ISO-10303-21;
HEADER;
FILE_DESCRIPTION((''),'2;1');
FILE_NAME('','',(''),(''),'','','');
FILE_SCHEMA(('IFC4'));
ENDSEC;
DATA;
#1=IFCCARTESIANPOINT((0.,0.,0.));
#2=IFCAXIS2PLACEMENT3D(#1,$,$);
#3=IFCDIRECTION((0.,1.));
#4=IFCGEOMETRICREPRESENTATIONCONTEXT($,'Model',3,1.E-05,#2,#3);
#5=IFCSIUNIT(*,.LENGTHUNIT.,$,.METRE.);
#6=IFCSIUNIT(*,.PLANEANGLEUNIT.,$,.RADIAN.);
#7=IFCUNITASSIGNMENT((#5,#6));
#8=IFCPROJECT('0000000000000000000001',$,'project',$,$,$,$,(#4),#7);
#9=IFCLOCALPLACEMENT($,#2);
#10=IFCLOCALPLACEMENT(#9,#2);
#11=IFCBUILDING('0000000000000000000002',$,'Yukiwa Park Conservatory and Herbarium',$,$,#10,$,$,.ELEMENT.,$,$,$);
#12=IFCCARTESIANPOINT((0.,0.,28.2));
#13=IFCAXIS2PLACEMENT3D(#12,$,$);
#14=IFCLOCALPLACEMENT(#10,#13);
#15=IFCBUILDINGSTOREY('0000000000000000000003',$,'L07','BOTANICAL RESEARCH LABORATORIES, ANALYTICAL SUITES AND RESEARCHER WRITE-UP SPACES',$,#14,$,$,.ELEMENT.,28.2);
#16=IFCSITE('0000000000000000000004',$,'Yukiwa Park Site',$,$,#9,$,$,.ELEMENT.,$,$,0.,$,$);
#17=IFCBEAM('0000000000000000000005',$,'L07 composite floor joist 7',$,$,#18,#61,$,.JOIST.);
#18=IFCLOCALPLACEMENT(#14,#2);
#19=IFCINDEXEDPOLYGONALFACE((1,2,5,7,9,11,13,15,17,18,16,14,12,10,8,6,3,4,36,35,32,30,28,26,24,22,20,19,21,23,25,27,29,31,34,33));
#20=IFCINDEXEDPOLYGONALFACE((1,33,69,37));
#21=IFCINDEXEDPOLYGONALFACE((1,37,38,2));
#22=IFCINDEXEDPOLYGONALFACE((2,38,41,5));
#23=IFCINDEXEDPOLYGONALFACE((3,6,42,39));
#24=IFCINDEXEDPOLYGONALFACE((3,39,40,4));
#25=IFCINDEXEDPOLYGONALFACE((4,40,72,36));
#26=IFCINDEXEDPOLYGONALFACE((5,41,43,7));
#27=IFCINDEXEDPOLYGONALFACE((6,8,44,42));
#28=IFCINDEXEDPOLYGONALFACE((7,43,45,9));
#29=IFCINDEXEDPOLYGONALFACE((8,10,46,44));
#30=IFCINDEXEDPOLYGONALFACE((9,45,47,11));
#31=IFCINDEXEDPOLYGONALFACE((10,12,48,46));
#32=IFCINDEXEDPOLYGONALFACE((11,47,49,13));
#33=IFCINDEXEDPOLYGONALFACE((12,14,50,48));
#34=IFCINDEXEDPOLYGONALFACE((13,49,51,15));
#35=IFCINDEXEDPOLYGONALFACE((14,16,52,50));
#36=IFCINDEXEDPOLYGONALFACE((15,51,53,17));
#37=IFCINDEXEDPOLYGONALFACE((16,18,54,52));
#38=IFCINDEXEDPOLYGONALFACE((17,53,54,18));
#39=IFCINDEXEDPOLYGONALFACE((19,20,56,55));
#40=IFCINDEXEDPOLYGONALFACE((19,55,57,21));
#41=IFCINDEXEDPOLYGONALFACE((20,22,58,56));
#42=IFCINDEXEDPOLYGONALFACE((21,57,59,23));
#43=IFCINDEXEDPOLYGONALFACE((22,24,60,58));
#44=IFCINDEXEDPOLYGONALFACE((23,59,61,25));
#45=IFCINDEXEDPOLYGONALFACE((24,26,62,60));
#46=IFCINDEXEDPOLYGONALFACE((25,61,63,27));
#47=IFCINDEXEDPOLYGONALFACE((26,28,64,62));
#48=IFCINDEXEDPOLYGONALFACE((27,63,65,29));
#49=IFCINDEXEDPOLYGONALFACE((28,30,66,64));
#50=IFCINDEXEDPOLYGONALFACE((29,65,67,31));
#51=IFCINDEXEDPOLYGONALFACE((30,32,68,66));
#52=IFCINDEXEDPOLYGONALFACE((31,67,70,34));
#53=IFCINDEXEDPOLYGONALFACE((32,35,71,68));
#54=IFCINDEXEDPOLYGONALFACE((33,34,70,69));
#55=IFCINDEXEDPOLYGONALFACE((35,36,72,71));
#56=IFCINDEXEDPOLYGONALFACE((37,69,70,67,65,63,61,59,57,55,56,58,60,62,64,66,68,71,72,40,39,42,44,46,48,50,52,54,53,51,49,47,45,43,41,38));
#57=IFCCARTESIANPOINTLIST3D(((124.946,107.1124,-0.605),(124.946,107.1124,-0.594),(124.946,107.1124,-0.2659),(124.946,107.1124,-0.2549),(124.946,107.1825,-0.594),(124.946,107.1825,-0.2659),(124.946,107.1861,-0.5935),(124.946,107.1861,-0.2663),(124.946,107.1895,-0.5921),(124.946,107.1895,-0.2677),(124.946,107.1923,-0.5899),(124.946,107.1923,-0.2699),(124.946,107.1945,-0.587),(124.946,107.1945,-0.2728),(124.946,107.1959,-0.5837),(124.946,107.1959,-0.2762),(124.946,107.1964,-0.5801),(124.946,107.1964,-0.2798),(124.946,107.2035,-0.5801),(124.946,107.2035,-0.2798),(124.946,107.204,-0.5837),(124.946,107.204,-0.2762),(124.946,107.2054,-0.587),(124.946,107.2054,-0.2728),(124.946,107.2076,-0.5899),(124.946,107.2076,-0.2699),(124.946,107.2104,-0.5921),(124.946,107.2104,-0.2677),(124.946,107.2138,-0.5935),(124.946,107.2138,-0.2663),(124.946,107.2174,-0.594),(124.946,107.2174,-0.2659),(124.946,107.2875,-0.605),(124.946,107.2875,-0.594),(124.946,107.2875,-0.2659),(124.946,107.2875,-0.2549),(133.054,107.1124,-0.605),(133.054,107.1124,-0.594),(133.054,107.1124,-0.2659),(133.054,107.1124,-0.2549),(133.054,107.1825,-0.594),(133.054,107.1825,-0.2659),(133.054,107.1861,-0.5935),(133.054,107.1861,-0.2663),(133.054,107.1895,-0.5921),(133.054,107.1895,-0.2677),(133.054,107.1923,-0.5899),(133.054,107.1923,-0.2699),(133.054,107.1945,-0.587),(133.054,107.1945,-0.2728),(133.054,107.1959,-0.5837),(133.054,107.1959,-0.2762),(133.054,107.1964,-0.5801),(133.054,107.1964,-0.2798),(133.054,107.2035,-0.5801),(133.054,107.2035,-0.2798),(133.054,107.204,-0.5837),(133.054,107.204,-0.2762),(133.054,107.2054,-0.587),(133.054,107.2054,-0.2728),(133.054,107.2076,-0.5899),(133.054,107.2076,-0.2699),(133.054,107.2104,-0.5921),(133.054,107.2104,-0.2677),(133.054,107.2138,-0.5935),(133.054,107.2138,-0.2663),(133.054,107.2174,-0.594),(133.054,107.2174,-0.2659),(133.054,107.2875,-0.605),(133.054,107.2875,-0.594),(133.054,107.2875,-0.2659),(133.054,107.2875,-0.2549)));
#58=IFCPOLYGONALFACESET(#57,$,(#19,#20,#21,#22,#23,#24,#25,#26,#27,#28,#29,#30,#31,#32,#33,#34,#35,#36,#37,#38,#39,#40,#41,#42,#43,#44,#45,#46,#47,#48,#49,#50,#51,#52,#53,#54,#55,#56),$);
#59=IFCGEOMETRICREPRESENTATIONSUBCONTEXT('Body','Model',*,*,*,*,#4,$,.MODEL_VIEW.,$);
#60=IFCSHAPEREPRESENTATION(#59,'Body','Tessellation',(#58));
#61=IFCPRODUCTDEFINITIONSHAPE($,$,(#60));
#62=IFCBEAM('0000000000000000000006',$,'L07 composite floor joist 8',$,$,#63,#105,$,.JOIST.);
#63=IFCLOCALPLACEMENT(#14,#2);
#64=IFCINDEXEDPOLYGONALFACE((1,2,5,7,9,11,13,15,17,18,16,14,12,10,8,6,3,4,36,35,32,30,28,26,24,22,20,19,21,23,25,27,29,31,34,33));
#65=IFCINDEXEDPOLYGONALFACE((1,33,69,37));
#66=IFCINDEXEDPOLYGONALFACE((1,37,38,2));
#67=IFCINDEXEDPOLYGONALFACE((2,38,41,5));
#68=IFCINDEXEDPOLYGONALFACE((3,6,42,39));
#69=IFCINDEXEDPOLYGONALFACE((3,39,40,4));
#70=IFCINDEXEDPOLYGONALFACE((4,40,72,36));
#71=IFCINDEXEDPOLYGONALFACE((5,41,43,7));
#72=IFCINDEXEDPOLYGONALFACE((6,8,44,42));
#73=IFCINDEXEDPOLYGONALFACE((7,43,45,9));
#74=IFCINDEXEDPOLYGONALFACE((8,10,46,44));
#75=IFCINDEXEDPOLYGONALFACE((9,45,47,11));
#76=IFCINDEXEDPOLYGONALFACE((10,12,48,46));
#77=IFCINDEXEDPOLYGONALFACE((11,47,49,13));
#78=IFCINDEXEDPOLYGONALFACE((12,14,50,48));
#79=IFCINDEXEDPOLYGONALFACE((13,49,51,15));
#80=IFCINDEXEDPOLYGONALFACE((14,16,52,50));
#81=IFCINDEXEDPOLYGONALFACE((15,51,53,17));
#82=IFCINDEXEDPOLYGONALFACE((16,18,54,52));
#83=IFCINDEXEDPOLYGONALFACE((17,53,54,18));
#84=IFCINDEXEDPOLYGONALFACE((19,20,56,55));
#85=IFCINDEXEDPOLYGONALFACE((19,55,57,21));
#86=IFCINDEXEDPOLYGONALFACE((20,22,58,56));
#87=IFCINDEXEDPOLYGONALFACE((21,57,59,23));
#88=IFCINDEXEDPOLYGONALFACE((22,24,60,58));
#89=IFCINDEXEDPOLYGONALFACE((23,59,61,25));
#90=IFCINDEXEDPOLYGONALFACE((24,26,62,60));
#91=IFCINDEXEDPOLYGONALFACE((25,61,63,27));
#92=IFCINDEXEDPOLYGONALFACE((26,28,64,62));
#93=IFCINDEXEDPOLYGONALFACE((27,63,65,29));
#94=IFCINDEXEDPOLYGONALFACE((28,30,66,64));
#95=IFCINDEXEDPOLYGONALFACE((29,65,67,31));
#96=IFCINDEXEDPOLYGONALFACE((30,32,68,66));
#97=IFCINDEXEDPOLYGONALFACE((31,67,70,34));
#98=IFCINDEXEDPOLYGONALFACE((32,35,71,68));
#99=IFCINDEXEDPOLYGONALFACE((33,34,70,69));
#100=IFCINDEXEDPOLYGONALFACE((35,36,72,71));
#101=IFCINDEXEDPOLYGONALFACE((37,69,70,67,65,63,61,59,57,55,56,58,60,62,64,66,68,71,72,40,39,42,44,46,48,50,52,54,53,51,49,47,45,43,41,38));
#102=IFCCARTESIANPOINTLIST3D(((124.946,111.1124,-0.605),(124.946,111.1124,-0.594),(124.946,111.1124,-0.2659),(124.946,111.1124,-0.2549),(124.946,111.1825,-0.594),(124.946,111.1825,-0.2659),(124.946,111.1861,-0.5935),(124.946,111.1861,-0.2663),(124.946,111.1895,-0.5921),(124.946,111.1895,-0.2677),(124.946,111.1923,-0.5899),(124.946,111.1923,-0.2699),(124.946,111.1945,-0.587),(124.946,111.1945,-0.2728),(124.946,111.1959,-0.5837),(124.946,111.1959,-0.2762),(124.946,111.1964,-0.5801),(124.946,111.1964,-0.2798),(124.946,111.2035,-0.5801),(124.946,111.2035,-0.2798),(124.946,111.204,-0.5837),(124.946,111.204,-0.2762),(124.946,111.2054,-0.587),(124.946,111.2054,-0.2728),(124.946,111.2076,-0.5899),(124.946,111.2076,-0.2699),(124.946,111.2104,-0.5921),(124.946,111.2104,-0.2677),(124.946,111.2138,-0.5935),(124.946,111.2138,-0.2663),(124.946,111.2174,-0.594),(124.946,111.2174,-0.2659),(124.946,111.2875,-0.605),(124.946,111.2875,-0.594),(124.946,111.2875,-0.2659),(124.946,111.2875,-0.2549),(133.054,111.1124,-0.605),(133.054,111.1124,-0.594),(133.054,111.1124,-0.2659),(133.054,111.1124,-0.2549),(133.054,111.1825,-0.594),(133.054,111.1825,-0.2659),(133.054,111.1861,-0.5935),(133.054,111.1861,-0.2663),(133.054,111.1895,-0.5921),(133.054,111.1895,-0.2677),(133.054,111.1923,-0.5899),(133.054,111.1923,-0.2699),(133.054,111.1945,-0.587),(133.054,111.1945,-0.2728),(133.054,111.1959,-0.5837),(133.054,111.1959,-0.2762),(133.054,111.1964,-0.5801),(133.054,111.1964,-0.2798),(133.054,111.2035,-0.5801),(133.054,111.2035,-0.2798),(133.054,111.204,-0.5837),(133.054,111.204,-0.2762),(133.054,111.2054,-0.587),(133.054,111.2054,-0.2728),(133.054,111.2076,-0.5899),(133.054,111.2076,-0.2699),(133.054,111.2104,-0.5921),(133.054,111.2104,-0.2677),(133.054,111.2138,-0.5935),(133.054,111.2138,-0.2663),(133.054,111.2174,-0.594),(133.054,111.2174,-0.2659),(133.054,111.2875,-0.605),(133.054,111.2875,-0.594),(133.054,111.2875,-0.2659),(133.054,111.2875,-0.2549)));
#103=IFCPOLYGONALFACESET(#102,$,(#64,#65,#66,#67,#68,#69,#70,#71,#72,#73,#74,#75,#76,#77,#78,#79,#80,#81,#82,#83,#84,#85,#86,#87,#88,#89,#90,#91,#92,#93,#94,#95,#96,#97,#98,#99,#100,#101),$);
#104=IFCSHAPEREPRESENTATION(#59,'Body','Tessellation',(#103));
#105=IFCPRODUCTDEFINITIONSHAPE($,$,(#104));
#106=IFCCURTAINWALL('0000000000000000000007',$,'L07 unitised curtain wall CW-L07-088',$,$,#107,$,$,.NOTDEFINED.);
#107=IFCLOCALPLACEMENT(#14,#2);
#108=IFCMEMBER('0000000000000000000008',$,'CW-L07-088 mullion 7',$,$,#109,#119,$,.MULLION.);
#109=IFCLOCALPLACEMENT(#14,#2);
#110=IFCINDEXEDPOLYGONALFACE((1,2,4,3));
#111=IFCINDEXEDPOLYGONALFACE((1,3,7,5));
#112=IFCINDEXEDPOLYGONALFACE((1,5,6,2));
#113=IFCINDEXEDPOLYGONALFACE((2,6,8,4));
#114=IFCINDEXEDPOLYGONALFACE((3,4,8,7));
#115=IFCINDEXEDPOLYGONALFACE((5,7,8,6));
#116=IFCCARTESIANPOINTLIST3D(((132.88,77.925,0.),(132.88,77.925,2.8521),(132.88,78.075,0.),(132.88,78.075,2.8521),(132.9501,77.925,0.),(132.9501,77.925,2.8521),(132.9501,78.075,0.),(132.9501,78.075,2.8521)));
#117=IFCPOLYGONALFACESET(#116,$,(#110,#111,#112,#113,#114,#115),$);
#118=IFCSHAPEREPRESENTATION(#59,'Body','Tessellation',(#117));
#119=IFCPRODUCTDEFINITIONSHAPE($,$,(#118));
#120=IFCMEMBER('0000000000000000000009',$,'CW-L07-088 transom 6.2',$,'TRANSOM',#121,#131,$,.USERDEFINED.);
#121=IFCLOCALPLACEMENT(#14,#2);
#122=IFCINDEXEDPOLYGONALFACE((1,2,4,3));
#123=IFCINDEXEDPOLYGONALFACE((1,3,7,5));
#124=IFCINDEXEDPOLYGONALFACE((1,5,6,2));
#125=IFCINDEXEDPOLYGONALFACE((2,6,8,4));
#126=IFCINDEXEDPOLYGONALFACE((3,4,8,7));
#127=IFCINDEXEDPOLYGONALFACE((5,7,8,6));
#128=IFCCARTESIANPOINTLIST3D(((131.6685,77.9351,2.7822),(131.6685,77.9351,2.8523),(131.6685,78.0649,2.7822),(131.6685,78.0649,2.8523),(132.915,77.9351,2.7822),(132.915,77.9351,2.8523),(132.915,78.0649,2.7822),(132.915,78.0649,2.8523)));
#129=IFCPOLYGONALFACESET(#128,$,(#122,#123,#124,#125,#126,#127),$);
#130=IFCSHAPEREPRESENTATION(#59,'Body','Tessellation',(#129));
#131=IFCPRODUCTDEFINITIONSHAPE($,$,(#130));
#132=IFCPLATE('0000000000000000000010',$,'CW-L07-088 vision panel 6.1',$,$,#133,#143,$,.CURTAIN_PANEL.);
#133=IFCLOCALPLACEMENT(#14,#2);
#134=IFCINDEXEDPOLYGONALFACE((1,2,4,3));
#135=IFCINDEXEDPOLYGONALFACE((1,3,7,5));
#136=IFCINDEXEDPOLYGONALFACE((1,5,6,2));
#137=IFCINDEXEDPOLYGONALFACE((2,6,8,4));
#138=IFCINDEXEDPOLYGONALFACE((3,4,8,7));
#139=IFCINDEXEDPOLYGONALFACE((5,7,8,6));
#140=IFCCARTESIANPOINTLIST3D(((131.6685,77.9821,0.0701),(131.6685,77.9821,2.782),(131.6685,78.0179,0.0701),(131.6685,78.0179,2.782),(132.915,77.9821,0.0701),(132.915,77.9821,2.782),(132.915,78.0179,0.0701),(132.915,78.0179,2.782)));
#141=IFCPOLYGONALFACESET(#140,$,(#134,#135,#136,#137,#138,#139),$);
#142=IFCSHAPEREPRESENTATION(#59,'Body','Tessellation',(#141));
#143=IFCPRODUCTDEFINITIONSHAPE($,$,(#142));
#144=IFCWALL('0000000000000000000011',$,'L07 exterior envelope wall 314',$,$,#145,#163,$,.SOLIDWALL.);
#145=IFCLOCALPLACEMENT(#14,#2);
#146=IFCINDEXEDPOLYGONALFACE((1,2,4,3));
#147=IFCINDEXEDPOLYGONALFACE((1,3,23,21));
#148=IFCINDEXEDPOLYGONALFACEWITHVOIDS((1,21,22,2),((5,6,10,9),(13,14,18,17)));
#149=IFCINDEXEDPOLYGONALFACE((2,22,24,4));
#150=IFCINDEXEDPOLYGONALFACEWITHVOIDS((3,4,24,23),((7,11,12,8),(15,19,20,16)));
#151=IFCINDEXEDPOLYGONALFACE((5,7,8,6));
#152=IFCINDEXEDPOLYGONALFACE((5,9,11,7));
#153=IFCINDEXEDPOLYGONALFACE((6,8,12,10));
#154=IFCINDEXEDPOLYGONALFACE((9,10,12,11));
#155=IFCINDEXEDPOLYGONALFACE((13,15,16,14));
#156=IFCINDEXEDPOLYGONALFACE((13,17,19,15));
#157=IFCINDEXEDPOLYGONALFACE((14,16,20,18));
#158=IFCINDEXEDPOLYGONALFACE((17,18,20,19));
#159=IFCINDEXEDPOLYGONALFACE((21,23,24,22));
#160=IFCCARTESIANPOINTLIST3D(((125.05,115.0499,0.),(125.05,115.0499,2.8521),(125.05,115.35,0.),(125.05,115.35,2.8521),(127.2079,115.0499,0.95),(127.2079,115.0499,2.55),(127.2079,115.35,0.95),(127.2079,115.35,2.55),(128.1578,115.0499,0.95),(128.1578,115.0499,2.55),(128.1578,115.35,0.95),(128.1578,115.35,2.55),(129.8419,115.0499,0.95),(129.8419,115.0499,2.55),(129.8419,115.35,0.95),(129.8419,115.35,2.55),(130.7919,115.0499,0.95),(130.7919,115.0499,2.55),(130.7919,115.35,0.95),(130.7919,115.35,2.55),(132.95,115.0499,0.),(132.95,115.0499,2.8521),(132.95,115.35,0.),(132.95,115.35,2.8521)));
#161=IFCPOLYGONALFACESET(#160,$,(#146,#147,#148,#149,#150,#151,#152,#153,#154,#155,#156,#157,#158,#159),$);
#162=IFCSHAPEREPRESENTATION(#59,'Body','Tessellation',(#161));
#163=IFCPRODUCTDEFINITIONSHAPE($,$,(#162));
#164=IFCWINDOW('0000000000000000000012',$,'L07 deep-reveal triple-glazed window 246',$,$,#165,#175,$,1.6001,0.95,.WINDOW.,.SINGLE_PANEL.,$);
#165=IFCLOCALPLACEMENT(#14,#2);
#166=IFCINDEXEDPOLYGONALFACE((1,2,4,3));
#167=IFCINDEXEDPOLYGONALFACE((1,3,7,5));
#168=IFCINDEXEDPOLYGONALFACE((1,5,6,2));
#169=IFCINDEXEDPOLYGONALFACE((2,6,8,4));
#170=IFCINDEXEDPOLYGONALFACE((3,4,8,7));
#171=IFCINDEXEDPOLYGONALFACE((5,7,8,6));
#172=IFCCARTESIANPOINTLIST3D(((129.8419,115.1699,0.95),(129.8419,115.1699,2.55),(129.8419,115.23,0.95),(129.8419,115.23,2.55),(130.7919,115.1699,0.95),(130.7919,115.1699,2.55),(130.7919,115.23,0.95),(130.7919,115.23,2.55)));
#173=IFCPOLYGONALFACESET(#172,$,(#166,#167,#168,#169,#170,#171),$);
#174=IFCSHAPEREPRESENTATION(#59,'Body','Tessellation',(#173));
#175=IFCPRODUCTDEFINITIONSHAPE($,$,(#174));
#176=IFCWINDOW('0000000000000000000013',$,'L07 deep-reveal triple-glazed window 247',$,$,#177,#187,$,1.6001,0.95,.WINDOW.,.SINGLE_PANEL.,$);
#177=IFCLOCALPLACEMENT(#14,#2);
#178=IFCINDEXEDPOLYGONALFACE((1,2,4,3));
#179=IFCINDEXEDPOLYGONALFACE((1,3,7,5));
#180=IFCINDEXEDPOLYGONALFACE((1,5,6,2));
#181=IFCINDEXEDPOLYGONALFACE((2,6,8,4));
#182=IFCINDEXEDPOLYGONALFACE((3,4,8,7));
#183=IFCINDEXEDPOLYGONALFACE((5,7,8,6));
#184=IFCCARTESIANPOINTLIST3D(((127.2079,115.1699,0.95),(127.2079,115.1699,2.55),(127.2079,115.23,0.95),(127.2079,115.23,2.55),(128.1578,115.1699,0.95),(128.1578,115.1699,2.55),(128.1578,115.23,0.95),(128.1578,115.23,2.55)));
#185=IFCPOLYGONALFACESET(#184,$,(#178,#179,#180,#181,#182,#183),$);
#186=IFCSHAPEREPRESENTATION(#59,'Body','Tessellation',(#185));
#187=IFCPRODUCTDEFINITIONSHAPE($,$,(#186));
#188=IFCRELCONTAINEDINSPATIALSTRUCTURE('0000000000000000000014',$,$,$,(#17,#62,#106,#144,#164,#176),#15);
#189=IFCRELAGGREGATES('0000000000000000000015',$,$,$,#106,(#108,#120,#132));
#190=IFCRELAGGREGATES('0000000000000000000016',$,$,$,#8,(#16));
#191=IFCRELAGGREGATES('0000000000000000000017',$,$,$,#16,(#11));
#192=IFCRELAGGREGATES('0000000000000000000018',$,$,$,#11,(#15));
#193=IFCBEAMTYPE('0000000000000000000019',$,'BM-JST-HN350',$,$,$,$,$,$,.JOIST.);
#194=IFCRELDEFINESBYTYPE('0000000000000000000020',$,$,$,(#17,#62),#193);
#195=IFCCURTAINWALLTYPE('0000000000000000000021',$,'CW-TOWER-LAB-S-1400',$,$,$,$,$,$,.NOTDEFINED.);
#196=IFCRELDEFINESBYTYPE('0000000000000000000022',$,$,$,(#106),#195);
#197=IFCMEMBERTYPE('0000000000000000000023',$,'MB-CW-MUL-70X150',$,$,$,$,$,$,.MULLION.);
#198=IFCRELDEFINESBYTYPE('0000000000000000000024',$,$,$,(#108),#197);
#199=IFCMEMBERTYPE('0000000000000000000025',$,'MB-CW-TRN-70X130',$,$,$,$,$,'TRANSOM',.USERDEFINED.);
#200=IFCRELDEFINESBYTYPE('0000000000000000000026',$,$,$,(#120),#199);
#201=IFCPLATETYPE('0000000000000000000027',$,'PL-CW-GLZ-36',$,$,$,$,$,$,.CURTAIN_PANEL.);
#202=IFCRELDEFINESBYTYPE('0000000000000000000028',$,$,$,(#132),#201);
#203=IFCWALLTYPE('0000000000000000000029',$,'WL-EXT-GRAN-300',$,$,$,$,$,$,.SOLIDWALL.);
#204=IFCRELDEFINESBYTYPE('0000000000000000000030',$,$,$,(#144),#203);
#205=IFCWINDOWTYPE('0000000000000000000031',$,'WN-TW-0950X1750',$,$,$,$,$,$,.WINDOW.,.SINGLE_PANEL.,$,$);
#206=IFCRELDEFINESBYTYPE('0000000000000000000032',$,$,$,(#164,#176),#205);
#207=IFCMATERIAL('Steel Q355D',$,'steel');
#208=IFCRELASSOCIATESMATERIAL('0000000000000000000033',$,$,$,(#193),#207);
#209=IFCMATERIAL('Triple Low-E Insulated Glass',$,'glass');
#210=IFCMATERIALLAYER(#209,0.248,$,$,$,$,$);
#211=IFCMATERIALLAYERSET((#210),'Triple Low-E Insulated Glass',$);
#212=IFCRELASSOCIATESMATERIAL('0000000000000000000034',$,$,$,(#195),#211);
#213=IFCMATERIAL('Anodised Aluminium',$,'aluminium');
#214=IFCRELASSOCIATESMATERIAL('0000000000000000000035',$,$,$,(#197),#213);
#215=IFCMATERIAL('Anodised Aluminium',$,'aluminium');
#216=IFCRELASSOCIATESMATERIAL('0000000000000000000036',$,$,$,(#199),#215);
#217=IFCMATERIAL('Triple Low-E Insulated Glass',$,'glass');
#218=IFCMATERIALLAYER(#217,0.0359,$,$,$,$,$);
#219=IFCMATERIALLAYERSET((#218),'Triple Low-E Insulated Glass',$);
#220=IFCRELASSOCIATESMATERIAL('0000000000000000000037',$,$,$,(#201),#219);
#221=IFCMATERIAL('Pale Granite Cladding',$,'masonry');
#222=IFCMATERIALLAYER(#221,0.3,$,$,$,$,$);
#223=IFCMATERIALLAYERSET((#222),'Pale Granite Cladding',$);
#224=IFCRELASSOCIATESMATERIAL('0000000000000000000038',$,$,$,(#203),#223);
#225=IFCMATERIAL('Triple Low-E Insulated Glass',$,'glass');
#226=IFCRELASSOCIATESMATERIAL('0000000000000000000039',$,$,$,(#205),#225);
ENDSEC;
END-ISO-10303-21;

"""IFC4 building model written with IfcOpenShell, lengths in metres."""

from ifc_helpers import new_model, si_unit, direction, frame, frame_2d, origin, origin_2d, place, context, subcontext, project, spatial, rectangle, i_section, extrude, material, layer, layer_set, material_profile, profile_set, type_object, element, fill, aggregate, save


model = new_model("IFC4")

# Units and contexts
model_context = context("Model", 3, precision=1e-05, world=origin(), true_north=direction((0.0, 1.0)))
body_context = subcontext(model_context, "Body", "Model", "MODEL_VIEW")
ifc_project = project(units=[si_unit("LENGTHUNIT", "METRE"), si_unit("PLANEANGLEUNIT", "RADIAN")], contexts=[model_context])

# Site, building, storey
site_placement = place(None, origin())
site = spatial("IfcSite", under=ifc_project, at=site_placement, Name="Yukiwa Park Site", CompositionType="ELEMENT", RefElevation=0.0)
building_placement = place(site_placement, origin())
building = spatial("IfcBuilding", under=site, at=building_placement, Name="Yukiwa Park Conservatory and Herbarium", CompositionType="ELEMENT")
storey_placement = place(building_placement, frame((0.0, 0.0, 28.2)))
storey = spatial("IfcBuildingStorey", under=building, at=storey_placement, Name="L07", Description="BOTANICAL RESEARCH LABORATORIES, ANALYTICAL SUITES AND RESEARCHER WRITE-UP SPACES", CompositionType="ELEMENT", Elevation=28.2)

# Beams
ifc_material_1 = material(Name="Steel Q355D", Category="steel")
ifc_material_profile_1 = material_profile(ifc_material_1, i_section(OverallWidth=0.175, OverallDepth=0.3501, WebThickness=0.0071, FlangeThickness=0.011, FilletRadius=0.0139, at=origin_2d()), Name="HN 350x175x7x11")
ifc_profile_set_1 = profile_set([ifc_material_profile_1], Name="Steel Q355D")
beam_type_1 = type_object("IfcBeamType", Name="BM-JST-HN350", PredefinedType="JOIST", material=ifc_profile_set_1)
for number, where, z_axis, x_axis, name in (
    (1, (124.946, 107.2, -0.4299), (1.0, 0.0, 0.0), (0.0, 1.0, 0.0), "L07 composite floor joist 7"),
    (2, (124.946, 111.2, -0.4299), (1.0, 0.0, 0.0), (0.0, 1.0, 0.0), "L07 composite floor joist 8"),
):
    element("IfcBeam", number, at=place(storey_placement, frame(where, z_axis=z_axis, x_axis=x_axis)), inside=storey, type_object=beam_type_1, Name=name, PredefinedType="JOIST", context=body_context, shape_type="SweptSolid", body=[
        extrude(i_section(OverallWidth=0.175, OverallDepth=0.3501, WebThickness=0.0071, FlangeThickness=0.011, FilletRadius=0.0139, at=origin_2d()), origin(), (0.0, 0.0, 1.0), 8.1079),
    ])

# Curtain wall, members, plate
ifc_material_2 = material(Name="Triple Low-E Insulated Glass", Category="glass")
ifc_layer_1 = layer(ifc_material_2, 0.248)
ifc_layer_set_1 = layer_set([ifc_layer_1], Name="Triple Low-E Insulated Glass")
curtain_wall_type = type_object("IfcCurtainWallType", Name="CW-TOWER-LAB-S-1400", PredefinedType="NOTDEFINED", material=ifc_layer_set_1)
curtain_wall_placement = place(storey_placement, origin())
curtain_wall = element("IfcCurtainWall", 3, at=curtain_wall_placement, inside=storey, type_object=curtain_wall_type, Name="L07 unitised curtain wall CW-L07-088", PredefinedType="NOTDEFINED")
ifc_material_3 = material(Name="Anodised Aluminium", Category="aluminium")
member_type_1 = type_object("IfcMemberType", Name="MB-CW-MUL-70X150", PredefinedType="MULLION", material=ifc_material_3)
member_1_placement = place(storey_placement, frame((132.915, 78.0, 0.0), z_axis=(0.0, 0.0, 1.0), x_axis=(1.0, 0.0, 0.0)))
member_1 = element("IfcMember", 4, at=member_1_placement, type_object=member_type_1, Name="CW-L07-088 mullion 7", PredefinedType="MULLION", context=body_context, shape_type="SweptSolid", body=[
    extrude(rectangle(XDim=0.0701, YDim=0.1499, at=origin_2d()), origin(), (0.0, 0.0, 1.0), 2.8521),
])
ifc_material_4 = material(Name="Anodised Aluminium", Category="aluminium")
member_type_2 = type_object("IfcMemberType", Name="MB-CW-TRN-70X130", ElementType="TRANSOM", PredefinedType="USERDEFINED", material=ifc_material_4)
member_2_placement = place(storey_placement, frame((132.2917, 78.0, 2.7822), z_axis=(0.0, 0.0, 1.0), x_axis=(1.0, 0.0, 0.0)))
member_2 = element("IfcMember", 5, at=member_2_placement, type_object=member_type_2, Name="CW-L07-088 transom 6.2", ObjectType="TRANSOM", PredefinedType="USERDEFINED", context=body_context, shape_type="SweptSolid", body=[
    extrude(rectangle(XDim=1.2466, YDim=0.1299, at=origin_2d()), origin(), (0.0, 0.0, 1.0), 0.0701),
])
ifc_material_5 = material(Name="Triple Low-E Insulated Glass", Category="glass")
ifc_layer_2 = layer(ifc_material_5, 0.0359)
ifc_layer_set_2 = layer_set([ifc_layer_2], Name="Triple Low-E Insulated Glass")
plate_type = type_object("IfcPlateType", Name="PL-CW-GLZ-36", PredefinedType="CURTAIN_PANEL", material=ifc_layer_set_2)
plate_placement = place(storey_placement, frame((132.2917, 78.0, 0.0701), z_axis=(0.0, 0.0, 1.0), x_axis=(1.0, 0.0, 0.0)))
plate = element("IfcPlate", 6, at=plate_placement, type_object=plate_type, Name="CW-L07-088 vision panel 6.1", PredefinedType="CURTAIN_PANEL", context=body_context, shape_type="SweptSolid", body=[
    extrude(rectangle(XDim=1.2466, YDim=0.0359, at=origin_2d()), origin(), (0.0, 0.0, 1.0), 2.7119),
])
aggregate(curtain_wall, [member_1, member_2, plate])

# Wall, openings, windows
ifc_material_6 = material(Name="Pale Granite Cladding", Category="masonry")
ifc_layer_3 = layer(ifc_material_6, 0.3)
ifc_layer_set_3 = layer_set([ifc_layer_3], Name="Pale Granite Cladding")
wall_type_1 = type_object("IfcWallType", Name="WL-EXT-GRAN-300", PredefinedType="SOLIDWALL", material=ifc_layer_set_3)
wall_1_placement = place(storey_placement, frame((132.95, 115.2, 0.0), z_axis=(0.0, 0.0, 1.0), x_axis=(-1.0, 0.0, 0.0)))
wall_1 = element("IfcWall", 7, at=wall_1_placement, inside=storey, type_object=wall_type_1, Name="L07 exterior envelope wall 314", PredefinedType="SOLIDWALL", context=body_context, shape_type="SweptSolid", body=[
    extrude(rectangle(XDim=7.8999, YDim=0.3, at=frame_2d((3.95, 0.0))), origin(), (0.0, 0.0, 1.0), 2.8521),
])
opening_1_placement = place(wall_1_placement, frame((2.158, 0.0, 0.95)))
opening_1 = element("IfcOpeningElement", 8, at=opening_1_placement, cuts=wall_1, PredefinedType="OPENING", context=body_context, shape_type="SweptSolid", body=[
    extrude(rectangle(XDim=0.95, YDim=1.6001, at=frame_2d((0.4751, 0.8))), frame((0.0, 0.1602, 0.0), z_axis=(0.0, -1.0, 0.0), x_axis=(1.0, 0.0, 0.0)), (0.0, 0.0, 1.0), 0.3201),
])
opening_2_placement = place(wall_1_placement, frame((4.792, 0.0, 0.95)))
opening_2 = element("IfcOpeningElement", 9, at=opening_2_placement, cuts=wall_1, PredefinedType="OPENING", context=body_context, shape_type="SweptSolid", body=[
    extrude(rectangle(XDim=0.95, YDim=1.6001, at=frame_2d((0.4751, 0.8))), frame((0.0, 0.1602, 0.0), z_axis=(0.0, -1.0, 0.0), x_axis=(1.0, 0.0, 0.0)), (0.0, 0.0, 1.0), 0.3201),
])
ifc_material_7 = material(Name="Triple Low-E Insulated Glass", Category="glass")
window_type = type_object("IfcWindowType", Name="WN-TW-0950X1750", PartitioningType="SINGLE_PANEL", PredefinedType="WINDOW", material=ifc_material_7)
window_1_placement = place(opening_1_placement, origin())
window_1 = element("IfcWindow", 10, at=window_1_placement, inside=storey, type_object=window_type, Name="L07 deep-reveal triple-glazed window 246", OverallHeight=1.6001, OverallWidth=0.95, PartitioningType="SINGLE_PANEL", PredefinedType="WINDOW", context=body_context, shape_type="SweptSolid", body=[
    extrude(rectangle(XDim=0.95, YDim=1.6001, at=frame_2d((0.4751, 0.8))), frame((0.0, 0.03, 0.0), z_axis=(0.0, -1.0, 0.0), x_axis=(1.0, 0.0, 0.0)), (0.0, 0.0, 1.0), 0.0601),
])
fill(opening_1, window_1)
window_2_placement = place(opening_2_placement, origin())
window_2 = element("IfcWindow", 11, at=window_2_placement, inside=storey, type_object=window_type, Name="L07 deep-reveal triple-glazed window 247", OverallHeight=1.6001, OverallWidth=0.95, PartitioningType="SINGLE_PANEL", PredefinedType="WINDOW", context=body_context, shape_type="SweptSolid", body=[
    extrude(rectangle(XDim=0.95, YDim=1.6001, at=frame_2d((0.4751, 0.8))), frame((0.0, 0.03, 0.0), z_axis=(0.0, -1.0, 0.0), x_axis=(1.0, 0.0, 0.0)), (0.0, 0.0, 1.0), 0.0601),
])
fill(opening_2, window_2)

save(model, "model.ifc")
